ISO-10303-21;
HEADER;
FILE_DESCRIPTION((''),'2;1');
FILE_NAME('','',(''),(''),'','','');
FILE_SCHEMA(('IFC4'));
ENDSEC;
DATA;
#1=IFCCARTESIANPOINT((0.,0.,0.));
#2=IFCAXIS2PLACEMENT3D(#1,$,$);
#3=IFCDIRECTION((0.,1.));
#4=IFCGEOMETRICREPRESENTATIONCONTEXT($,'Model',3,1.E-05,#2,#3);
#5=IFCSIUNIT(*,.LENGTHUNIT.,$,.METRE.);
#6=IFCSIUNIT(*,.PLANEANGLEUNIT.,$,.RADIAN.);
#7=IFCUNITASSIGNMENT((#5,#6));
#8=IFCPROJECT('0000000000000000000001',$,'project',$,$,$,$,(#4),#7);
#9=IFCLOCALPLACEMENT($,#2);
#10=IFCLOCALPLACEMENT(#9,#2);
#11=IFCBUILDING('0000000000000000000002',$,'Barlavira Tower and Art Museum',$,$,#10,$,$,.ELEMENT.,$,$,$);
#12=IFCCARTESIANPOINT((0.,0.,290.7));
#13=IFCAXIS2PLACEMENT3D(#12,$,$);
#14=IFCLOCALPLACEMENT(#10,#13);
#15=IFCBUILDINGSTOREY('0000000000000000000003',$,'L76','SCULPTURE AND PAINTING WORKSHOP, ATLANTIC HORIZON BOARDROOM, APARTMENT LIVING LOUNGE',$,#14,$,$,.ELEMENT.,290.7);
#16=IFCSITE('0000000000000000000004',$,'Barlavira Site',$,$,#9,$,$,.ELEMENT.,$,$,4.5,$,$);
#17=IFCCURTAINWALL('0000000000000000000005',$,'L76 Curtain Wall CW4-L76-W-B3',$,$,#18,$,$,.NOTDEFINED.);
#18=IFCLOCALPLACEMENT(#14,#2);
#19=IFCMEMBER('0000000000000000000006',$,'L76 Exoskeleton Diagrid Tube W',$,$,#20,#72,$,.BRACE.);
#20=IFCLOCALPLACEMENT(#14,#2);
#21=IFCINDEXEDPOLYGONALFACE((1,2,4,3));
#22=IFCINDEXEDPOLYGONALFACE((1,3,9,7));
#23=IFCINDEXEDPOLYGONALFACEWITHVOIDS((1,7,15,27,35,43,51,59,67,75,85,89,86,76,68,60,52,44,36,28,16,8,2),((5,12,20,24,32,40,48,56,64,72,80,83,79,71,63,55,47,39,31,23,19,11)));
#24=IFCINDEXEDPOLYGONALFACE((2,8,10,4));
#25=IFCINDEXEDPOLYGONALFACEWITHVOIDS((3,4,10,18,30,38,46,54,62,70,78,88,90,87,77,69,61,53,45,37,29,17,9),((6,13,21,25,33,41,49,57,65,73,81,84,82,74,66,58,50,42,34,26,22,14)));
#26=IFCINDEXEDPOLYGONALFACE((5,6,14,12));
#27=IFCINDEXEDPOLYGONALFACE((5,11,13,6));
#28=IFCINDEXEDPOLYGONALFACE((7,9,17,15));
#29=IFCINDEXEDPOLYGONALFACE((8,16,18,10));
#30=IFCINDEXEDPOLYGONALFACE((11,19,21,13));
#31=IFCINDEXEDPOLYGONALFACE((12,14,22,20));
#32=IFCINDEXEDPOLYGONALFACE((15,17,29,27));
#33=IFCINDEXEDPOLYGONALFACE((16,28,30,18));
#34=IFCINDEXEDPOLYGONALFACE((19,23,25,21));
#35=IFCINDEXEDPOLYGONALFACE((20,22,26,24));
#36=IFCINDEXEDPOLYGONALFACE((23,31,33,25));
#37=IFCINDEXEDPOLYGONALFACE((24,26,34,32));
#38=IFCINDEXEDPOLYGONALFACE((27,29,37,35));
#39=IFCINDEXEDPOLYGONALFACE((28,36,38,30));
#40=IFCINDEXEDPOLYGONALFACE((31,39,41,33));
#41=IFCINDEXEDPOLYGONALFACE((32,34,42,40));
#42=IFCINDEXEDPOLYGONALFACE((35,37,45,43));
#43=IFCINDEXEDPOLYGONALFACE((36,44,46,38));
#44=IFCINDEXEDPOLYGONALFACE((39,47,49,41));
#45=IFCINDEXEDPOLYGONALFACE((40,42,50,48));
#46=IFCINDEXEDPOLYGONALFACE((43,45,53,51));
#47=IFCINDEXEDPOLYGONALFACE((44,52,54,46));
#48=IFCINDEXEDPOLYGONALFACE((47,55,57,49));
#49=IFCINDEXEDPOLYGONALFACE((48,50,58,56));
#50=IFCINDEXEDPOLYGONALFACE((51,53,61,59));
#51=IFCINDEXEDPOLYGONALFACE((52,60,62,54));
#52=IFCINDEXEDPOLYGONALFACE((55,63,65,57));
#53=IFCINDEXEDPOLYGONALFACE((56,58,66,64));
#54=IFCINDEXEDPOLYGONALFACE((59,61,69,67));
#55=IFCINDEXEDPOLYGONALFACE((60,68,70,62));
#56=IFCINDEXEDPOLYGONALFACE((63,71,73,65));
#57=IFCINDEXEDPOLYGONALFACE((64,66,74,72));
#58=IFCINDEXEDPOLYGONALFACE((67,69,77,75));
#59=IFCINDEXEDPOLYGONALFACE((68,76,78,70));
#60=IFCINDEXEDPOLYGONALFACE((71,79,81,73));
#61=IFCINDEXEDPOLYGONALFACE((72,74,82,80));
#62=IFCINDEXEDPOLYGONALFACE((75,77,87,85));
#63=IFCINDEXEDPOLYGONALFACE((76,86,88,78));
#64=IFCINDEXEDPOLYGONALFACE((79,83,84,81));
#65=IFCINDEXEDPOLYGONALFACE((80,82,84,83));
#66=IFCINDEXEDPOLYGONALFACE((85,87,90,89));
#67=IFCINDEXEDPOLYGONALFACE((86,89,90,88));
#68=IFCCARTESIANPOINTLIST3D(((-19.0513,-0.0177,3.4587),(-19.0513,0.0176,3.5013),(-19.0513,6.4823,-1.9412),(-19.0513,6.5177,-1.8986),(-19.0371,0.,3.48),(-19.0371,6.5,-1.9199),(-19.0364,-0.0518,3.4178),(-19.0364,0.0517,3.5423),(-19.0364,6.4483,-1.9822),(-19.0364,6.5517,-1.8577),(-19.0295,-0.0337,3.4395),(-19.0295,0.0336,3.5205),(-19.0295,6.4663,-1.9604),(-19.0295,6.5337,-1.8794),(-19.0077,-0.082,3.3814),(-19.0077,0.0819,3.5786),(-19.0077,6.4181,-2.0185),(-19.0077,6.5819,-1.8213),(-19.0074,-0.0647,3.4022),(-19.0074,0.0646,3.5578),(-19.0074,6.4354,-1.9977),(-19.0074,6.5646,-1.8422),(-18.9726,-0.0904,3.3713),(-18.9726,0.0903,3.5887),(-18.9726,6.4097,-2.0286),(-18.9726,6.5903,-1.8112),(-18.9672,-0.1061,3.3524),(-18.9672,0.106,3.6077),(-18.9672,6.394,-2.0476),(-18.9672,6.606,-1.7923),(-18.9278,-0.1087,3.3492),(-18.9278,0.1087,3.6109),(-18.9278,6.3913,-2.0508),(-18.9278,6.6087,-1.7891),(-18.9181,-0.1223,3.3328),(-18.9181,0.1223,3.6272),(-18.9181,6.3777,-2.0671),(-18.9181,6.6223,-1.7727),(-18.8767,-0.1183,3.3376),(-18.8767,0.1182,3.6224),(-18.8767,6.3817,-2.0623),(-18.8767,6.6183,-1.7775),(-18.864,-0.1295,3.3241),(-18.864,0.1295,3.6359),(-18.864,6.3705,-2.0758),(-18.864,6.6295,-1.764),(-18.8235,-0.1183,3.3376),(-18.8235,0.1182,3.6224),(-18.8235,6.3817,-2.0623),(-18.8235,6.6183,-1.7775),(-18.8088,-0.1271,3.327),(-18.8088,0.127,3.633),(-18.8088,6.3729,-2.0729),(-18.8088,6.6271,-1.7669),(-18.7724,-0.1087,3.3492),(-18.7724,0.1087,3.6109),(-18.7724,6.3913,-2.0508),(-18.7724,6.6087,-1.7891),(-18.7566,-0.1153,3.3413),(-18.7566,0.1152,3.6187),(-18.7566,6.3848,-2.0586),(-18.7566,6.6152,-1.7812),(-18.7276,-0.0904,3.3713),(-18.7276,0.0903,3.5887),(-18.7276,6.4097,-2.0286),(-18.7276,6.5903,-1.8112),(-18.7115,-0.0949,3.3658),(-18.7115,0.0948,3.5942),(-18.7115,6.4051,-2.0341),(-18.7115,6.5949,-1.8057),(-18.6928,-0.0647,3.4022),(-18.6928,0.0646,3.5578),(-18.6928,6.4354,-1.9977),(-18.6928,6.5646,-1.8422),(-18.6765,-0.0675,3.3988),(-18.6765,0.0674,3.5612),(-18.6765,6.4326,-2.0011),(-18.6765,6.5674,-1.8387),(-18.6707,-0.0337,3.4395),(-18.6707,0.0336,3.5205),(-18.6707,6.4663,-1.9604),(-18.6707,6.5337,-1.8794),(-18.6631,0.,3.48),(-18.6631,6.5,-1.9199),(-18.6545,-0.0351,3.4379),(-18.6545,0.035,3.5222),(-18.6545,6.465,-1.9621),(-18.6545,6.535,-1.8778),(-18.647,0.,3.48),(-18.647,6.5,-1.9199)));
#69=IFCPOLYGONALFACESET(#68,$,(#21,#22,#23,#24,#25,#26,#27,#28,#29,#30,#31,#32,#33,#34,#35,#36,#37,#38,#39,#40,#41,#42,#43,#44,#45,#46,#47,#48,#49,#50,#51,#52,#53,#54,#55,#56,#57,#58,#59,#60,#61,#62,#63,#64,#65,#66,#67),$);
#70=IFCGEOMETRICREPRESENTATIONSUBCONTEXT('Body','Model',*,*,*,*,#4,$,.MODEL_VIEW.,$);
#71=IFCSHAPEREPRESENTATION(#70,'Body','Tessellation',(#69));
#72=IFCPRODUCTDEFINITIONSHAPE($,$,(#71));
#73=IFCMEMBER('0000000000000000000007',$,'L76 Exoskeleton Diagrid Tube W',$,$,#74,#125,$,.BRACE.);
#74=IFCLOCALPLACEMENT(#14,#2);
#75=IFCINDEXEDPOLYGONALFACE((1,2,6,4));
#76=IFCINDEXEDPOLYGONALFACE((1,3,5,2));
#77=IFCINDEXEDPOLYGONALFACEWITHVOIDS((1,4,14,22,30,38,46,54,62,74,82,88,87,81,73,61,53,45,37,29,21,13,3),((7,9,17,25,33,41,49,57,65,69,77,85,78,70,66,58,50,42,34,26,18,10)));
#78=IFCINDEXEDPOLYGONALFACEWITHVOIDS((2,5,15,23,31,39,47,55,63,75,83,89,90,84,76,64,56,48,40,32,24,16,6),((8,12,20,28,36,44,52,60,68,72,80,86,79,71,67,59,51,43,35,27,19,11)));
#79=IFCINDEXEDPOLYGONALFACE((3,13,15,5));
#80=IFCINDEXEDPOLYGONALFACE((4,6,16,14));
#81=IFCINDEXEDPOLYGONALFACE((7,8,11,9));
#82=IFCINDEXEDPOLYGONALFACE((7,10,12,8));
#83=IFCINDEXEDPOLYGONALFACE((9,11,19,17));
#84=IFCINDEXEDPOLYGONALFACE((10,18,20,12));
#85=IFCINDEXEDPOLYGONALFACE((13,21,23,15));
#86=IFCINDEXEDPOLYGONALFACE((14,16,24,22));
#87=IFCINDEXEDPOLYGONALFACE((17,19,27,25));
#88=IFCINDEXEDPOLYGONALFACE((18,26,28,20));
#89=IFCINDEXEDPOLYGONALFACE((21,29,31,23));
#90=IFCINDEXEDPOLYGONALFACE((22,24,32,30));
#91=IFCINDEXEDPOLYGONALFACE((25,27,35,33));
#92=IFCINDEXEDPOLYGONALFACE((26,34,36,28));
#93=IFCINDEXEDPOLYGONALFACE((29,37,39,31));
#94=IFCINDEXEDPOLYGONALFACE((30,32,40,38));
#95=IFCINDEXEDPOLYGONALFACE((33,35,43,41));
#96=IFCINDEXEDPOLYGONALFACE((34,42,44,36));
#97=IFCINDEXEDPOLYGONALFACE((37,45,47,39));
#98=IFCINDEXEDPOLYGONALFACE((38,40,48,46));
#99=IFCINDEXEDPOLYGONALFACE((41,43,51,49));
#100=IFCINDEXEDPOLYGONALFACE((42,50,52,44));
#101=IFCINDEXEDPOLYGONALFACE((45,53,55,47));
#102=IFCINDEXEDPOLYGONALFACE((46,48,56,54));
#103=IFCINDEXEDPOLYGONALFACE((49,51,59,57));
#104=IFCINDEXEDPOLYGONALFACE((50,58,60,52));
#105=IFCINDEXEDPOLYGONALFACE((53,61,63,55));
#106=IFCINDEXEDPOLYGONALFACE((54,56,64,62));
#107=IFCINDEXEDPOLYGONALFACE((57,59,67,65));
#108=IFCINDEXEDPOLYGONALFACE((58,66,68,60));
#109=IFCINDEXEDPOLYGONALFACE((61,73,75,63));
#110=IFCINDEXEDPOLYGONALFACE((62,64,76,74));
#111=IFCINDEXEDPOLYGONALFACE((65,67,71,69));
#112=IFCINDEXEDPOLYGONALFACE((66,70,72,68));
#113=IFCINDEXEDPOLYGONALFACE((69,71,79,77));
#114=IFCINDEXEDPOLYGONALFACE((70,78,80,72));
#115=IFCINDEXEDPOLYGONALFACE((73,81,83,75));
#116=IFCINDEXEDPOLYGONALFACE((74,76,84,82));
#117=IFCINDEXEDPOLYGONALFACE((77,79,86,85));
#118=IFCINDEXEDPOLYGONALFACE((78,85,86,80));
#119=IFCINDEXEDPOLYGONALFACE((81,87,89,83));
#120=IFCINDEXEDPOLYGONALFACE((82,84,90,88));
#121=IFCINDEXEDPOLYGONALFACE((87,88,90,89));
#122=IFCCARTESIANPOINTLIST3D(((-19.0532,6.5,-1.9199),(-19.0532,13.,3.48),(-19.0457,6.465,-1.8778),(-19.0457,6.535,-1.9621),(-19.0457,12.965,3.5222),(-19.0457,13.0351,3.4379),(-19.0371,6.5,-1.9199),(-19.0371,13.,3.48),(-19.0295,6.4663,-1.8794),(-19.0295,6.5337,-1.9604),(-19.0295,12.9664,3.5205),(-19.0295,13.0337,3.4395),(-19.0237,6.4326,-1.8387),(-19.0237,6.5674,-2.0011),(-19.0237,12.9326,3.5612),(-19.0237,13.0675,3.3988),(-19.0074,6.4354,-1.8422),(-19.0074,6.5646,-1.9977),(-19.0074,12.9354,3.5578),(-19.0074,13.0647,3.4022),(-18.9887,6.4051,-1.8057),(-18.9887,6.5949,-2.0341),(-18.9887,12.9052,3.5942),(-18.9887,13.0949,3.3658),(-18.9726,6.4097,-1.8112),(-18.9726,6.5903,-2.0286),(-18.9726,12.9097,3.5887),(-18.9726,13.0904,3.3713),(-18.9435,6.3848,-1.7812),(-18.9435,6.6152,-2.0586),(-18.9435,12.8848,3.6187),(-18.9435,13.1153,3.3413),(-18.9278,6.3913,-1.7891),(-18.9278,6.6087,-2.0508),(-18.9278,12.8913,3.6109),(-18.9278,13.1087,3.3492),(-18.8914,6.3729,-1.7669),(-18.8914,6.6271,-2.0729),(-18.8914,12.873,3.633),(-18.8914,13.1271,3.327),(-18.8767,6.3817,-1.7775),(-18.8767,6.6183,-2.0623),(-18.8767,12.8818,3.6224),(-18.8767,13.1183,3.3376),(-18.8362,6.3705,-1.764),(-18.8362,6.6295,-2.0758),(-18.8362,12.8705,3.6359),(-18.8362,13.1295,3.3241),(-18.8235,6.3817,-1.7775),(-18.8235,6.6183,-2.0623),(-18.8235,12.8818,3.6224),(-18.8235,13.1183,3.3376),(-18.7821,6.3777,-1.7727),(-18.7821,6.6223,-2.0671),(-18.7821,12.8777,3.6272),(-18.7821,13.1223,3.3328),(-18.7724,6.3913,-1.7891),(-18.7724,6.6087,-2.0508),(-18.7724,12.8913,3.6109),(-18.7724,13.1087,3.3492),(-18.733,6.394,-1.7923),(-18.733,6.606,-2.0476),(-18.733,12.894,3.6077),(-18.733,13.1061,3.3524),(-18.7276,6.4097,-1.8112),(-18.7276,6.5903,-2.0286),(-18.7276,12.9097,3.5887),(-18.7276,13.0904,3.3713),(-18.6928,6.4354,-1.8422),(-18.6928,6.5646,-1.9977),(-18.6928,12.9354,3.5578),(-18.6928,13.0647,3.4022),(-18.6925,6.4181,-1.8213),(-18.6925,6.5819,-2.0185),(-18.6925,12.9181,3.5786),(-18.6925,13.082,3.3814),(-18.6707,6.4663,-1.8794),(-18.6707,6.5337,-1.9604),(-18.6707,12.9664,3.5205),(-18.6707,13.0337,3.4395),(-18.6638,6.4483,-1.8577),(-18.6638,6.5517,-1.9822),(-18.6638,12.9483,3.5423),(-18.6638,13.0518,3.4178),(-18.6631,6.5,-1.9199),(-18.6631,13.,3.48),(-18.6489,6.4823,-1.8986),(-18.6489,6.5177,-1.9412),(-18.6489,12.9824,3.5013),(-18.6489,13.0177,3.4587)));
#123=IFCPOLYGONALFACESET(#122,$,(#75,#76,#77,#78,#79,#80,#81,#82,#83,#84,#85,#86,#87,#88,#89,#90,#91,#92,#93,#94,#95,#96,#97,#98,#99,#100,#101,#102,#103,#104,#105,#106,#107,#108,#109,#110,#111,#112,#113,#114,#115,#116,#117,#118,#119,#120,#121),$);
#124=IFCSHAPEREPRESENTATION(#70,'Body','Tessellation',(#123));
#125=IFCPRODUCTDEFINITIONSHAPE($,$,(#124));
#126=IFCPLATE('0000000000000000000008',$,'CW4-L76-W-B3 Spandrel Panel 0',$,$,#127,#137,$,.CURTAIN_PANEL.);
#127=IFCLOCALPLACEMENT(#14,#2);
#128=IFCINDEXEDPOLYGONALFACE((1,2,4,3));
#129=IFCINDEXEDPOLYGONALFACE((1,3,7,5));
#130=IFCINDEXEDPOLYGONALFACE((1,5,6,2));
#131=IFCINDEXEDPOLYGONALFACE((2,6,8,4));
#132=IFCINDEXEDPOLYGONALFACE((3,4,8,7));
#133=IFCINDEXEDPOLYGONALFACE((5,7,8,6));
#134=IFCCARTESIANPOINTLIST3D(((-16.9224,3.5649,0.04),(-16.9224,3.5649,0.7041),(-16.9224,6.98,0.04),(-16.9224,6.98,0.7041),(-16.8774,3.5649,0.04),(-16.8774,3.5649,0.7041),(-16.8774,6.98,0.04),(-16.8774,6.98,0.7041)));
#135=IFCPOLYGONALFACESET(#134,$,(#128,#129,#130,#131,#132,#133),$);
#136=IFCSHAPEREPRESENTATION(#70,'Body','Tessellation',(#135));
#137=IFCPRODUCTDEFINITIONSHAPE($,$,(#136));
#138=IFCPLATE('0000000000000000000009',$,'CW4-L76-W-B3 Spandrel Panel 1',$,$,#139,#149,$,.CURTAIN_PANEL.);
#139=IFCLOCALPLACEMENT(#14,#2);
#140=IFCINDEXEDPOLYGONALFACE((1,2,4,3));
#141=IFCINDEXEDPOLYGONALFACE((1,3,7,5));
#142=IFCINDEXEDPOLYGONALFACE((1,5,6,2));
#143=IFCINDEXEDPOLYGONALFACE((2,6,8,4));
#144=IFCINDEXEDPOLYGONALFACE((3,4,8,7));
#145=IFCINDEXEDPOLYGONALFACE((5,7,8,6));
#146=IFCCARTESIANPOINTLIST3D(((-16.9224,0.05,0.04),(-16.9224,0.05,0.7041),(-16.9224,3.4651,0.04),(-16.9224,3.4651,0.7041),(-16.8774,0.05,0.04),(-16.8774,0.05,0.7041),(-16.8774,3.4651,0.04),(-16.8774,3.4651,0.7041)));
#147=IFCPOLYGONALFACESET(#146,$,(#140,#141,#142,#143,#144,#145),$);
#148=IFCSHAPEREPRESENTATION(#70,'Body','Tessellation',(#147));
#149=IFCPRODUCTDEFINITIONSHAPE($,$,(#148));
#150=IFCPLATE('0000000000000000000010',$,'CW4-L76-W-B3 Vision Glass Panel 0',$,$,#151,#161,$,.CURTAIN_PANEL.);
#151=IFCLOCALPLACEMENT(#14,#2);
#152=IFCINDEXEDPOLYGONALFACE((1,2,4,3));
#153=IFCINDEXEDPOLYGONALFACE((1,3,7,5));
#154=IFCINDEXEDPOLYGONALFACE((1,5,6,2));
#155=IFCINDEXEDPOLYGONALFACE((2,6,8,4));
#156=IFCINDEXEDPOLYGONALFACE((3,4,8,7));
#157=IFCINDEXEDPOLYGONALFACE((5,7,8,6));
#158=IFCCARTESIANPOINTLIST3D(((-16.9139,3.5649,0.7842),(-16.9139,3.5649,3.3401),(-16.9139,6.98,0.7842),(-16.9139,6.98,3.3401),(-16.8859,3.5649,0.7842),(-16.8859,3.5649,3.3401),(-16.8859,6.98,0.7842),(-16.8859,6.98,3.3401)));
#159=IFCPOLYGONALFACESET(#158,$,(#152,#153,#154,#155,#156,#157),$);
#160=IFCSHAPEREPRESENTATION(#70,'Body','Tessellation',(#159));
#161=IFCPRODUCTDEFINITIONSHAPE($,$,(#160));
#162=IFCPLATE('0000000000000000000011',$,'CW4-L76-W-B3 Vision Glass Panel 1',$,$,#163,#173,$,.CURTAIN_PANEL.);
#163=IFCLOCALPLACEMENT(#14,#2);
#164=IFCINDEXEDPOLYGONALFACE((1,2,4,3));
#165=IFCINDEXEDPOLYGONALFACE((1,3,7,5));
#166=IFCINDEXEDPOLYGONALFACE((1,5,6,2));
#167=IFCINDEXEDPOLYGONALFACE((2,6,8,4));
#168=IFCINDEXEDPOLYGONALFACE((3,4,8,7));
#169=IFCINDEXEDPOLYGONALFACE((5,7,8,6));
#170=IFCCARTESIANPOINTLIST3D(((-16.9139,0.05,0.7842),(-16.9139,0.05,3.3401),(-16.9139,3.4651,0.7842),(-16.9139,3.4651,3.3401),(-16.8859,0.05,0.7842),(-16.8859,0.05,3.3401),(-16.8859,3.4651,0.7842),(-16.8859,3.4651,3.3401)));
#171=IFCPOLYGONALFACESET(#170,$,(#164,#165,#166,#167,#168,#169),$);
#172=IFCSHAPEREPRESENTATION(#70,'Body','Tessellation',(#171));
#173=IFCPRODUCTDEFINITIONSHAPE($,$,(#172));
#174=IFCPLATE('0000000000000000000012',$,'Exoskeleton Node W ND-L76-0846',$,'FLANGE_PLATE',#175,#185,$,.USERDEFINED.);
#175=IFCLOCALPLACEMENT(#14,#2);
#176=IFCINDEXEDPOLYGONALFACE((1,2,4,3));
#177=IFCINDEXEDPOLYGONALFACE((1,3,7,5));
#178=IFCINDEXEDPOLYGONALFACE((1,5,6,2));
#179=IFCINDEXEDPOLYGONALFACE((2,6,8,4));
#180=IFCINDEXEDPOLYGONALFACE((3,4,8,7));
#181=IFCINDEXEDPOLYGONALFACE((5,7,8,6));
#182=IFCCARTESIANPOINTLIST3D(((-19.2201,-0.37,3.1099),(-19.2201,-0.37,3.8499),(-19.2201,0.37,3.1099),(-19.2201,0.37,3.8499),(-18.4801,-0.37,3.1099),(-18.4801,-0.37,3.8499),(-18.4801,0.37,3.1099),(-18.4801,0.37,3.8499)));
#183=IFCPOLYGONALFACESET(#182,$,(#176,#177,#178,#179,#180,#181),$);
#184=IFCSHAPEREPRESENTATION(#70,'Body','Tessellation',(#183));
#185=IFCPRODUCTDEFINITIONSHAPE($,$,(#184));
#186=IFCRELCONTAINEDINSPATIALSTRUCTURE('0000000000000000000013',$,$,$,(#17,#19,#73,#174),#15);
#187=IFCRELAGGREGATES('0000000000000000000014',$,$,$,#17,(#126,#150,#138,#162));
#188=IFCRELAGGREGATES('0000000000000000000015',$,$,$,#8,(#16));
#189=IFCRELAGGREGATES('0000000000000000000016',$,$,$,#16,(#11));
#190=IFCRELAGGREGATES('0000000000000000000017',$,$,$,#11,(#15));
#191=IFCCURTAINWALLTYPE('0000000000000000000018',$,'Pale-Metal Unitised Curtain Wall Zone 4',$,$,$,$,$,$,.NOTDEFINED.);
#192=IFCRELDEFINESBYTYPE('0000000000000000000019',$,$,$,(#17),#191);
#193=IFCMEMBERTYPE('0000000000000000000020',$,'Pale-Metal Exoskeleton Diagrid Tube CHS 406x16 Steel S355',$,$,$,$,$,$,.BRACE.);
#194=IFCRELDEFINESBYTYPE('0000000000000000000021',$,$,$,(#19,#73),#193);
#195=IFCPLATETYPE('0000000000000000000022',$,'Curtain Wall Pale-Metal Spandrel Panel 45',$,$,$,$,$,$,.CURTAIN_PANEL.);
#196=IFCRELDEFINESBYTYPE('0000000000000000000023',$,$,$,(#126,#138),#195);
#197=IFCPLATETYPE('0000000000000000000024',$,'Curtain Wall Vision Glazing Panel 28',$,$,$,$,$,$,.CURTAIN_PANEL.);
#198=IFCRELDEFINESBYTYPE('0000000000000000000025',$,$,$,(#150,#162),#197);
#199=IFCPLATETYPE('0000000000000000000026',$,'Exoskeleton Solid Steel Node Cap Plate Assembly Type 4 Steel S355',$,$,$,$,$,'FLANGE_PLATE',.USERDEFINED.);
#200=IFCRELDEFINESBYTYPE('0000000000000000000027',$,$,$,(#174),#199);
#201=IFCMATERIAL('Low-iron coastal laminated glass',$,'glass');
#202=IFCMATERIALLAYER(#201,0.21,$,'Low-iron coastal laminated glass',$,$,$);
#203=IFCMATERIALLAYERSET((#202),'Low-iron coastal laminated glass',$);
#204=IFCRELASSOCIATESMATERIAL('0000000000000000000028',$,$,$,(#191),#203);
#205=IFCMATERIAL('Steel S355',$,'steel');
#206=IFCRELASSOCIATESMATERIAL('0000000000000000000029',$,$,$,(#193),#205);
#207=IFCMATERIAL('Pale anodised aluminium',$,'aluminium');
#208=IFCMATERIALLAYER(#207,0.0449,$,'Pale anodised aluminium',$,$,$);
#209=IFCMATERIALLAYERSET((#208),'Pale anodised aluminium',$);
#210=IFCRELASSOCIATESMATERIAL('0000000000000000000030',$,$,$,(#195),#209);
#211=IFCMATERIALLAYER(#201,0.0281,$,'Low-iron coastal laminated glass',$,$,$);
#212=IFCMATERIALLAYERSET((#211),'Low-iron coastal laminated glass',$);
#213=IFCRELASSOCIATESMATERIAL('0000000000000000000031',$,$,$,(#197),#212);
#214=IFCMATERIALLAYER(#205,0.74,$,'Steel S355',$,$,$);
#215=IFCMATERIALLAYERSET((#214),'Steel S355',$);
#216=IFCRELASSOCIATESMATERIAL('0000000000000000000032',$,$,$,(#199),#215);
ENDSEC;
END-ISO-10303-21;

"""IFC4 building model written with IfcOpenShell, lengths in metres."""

from ifc_helpers import new_model, si_unit, direction, frame, origin, origin_2d, place, context, subcontext, project, spatial, rectangle, hollow_circle, extrude, material, layer, layer_set, material_profile, profile_set, type_object, element, aggregate, save


model = new_model("IFC4")

# Units and contexts
model_context = context("Model", 3, precision=1e-05, world=origin(), true_north=direction((0.0, 1.0)))
body_context = subcontext(model_context, "Body", "Model", "MODEL_VIEW")
ifc_project = project(units=[si_unit("LENGTHUNIT", "METRE"), si_unit("PLANEANGLEUNIT", "RADIAN")], contexts=[model_context])

# Site, building, storey
site_placement = place(None, origin())
site = spatial("IfcSite", under=ifc_project, at=site_placement, Name="Barlavira Site", CompositionType="ELEMENT", RefElevation=4.5)
building_placement = place(site_placement, origin())
building = spatial("IfcBuilding", under=site, at=building_placement, Name="Barlavira Tower and Art Museum", CompositionType="ELEMENT")
storey_placement = place(building_placement, frame((0.0, 0.0, 290.7)))
storey = spatial("IfcBuildingStorey", under=building, at=storey_placement, Name="L76", Description="SCULPTURE AND PAINTING WORKSHOP, ATLANTIC HORIZON BOARDROOM, APARTMENT LIVING LOUNGE", CompositionType="ELEMENT", Elevation=290.7)

# Curtain wall
ifc_material_1 = material(Name="Low-iron coastal laminated glass", Category="glass")
ifc_layer_1 = layer(ifc_material_1, 0.21, Name="Low-iron coastal laminated glass")
ifc_layer_set_1 = layer_set([ifc_layer_1], Name="Low-iron coastal laminated glass")
curtain_wall_type = type_object("IfcCurtainWallType", Name="Pale-Metal Unitised Curtain Wall Zone 4", PredefinedType="NOTDEFINED", material=ifc_layer_set_1)
curtain_wall_placement = place(storey_placement, origin())
curtain_wall = element("IfcCurtainWall", 1, at=curtain_wall_placement, inside=storey, type_object=curtain_wall_type, Name="L76 Curtain Wall CW4-L76-W-B3", PredefinedType="NOTDEFINED")
ifc_material_2 = material(Name="Pale anodised aluminium", Category="aluminium")

# Members
ifc_material_3 = material(Name="Steel S355", Category="steel")
ifc_material_profile_1 = material_profile(ifc_material_3, hollow_circle(Radius=0.2031, WallThickness=0.0161, at=origin_2d()), Name="CHS 406.4x16.0")
ifc_profile_set_1 = profile_set([ifc_material_profile_1], Name="Steel S355")
member_type_1 = type_object("IfcMemberType", Name="Pale-Metal Exoskeleton Diagrid Tube CHS 406x16 Steel S355", PredefinedType="BRACE", material=ifc_profile_set_1)
for number, where, z_axis, x_axis, name in (
    (2, (-18.8501, 6.5, -1.9199), (0.0, -0.769196, 0.639013), (1.0, 0.0, 0.0), "L76 Exoskeleton Diagrid Tube W"),
    (3, (-18.8501, 6.5, -1.9199), (0.0, 0.769196, 0.639013), (-1.0, 0.0, 0.0), "L76 Exoskeleton Diagrid Tube W"),
):
    element("IfcMember", number, at=place(storey_placement, frame(where, z_axis=z_axis, x_axis=x_axis)), inside=storey, type_object=member_type_1, Name=name, PredefinedType="BRACE", context=body_context, shape_type="SweptSolid", body=[
        extrude(hollow_circle(Radius=0.2031, WallThickness=0.0161, at=origin_2d()), origin(), (0.0, 0.0, 1.0), 8.4504),
    ])

# Plates
ifc_layer_2 = layer(ifc_material_2, 0.0449, Name="Pale anodised aluminium")
ifc_layer_set_2 = layer_set([ifc_layer_2], Name="Pale anodised aluminium")
plate_type_1 = type_object("IfcPlateType", Name="Curtain Wall Pale-Metal Spandrel Panel 45", PredefinedType="CURTAIN_PANEL", material=ifc_layer_set_2)
plate_1_placement = place(storey_placement, frame((-16.8999, 5.2725, 0.04), z_axis=(0.0, 0.0, 1.0), x_axis=(0.0, -1.0, 0.0)))
plate_1 = element("IfcPlate", 4, at=plate_1_placement, type_object=plate_type_1, Name="CW4-L76-W-B3 Spandrel Panel 0", PredefinedType="CURTAIN_PANEL", context=body_context, shape_type="SweptSolid", body=[
    extrude(rectangle(XDim=3.415, YDim=0.0449, at=origin_2d()), origin(), (0.0, 0.0, 1.0), 0.6641),
])
plate_2_placement = place(storey_placement, frame((-16.8999, 1.7576, 0.04), z_axis=(0.0, 0.0, 1.0), x_axis=(0.0, -1.0, 0.0)))
plate_2 = element("IfcPlate", 5, at=plate_2_placement, type_object=plate_type_1, Name="CW4-L76-W-B3 Spandrel Panel 1", PredefinedType="CURTAIN_PANEL", context=body_context, shape_type="SweptSolid", body=[
    extrude(rectangle(XDim=3.415, YDim=0.0449, at=origin_2d()), origin(), (0.0, 0.0, 1.0), 0.6641),
])
ifc_layer_3 = layer(ifc_material_1, 0.0281, Name="Low-iron coastal laminated glass")
ifc_layer_set_3 = layer_set([ifc_layer_3], Name="Low-iron coastal laminated glass")
plate_type_2 = type_object("IfcPlateType", Name="Curtain Wall Vision Glazing Panel 28", PredefinedType="CURTAIN_PANEL", material=ifc_layer_set_3)
plate_3_placement = place(storey_placement, frame((-16.8999, 5.2725, 0.7842), z_axis=(0.0, 0.0, 1.0), x_axis=(0.0, -1.0, 0.0)))
plate_3 = element("IfcPlate", 6, at=plate_3_placement, type_object=plate_type_2, Name="CW4-L76-W-B3 Vision Glass Panel 0", PredefinedType="CURTAIN_PANEL", context=body_context, shape_type="SweptSolid", body=[
    extrude(rectangle(XDim=3.415, YDim=0.0281, at=origin_2d()), origin(), (0.0, 0.0, 1.0), 2.5559),
])
plate_4_placement = place(storey_placement, frame((-16.8999, 1.7576, 0.7842), z_axis=(0.0, 0.0, 1.0), x_axis=(0.0, -1.0, 0.0)))
plate_4 = element("IfcPlate", 7, at=plate_4_placement, type_object=plate_type_2, Name="CW4-L76-W-B3 Vision Glass Panel 1", PredefinedType="CURTAIN_PANEL", context=body_context, shape_type="SweptSolid", body=[
    extrude(rectangle(XDim=3.415, YDim=0.0281, at=origin_2d()), origin(), (0.0, 0.0, 1.0), 2.5559),
])
aggregate(curtain_wall, [plate_1, plate_3, plate_2, plate_4])
ifc_layer_4 = layer(ifc_material_3, 0.74, Name="Steel S355")
ifc_layer_set_4 = layer_set([ifc_layer_4], Name="Steel S355")
plate_type_3 = type_object("IfcPlateType", Name="Exoskeleton Solid Steel Node Cap Plate Assembly Type 4 Steel S355", ElementType="FLANGE_PLATE", PredefinedType="USERDEFINED", material=ifc_layer_set_4)
plate_5_placement = place(storey_placement, frame((-18.8501, 0.0, 3.1099), z_axis=(0.0, 0.0, 1.0), x_axis=(1.0, 0.0, 0.0)))
element("IfcPlate", 8, at=plate_5_placement, inside=storey, type_object=plate_type_3, Name="Exoskeleton Node W ND-L76-0846", ObjectType="FLANGE_PLATE", PredefinedType="USERDEFINED", context=body_context, shape_type="SweptSolid", body=[
    extrude(rectangle(XDim=0.74, YDim=0.74, at=origin_2d()), origin(), (0.0, 0.0, 1.0), 0.74),
])

save(model, "model.ifc")
